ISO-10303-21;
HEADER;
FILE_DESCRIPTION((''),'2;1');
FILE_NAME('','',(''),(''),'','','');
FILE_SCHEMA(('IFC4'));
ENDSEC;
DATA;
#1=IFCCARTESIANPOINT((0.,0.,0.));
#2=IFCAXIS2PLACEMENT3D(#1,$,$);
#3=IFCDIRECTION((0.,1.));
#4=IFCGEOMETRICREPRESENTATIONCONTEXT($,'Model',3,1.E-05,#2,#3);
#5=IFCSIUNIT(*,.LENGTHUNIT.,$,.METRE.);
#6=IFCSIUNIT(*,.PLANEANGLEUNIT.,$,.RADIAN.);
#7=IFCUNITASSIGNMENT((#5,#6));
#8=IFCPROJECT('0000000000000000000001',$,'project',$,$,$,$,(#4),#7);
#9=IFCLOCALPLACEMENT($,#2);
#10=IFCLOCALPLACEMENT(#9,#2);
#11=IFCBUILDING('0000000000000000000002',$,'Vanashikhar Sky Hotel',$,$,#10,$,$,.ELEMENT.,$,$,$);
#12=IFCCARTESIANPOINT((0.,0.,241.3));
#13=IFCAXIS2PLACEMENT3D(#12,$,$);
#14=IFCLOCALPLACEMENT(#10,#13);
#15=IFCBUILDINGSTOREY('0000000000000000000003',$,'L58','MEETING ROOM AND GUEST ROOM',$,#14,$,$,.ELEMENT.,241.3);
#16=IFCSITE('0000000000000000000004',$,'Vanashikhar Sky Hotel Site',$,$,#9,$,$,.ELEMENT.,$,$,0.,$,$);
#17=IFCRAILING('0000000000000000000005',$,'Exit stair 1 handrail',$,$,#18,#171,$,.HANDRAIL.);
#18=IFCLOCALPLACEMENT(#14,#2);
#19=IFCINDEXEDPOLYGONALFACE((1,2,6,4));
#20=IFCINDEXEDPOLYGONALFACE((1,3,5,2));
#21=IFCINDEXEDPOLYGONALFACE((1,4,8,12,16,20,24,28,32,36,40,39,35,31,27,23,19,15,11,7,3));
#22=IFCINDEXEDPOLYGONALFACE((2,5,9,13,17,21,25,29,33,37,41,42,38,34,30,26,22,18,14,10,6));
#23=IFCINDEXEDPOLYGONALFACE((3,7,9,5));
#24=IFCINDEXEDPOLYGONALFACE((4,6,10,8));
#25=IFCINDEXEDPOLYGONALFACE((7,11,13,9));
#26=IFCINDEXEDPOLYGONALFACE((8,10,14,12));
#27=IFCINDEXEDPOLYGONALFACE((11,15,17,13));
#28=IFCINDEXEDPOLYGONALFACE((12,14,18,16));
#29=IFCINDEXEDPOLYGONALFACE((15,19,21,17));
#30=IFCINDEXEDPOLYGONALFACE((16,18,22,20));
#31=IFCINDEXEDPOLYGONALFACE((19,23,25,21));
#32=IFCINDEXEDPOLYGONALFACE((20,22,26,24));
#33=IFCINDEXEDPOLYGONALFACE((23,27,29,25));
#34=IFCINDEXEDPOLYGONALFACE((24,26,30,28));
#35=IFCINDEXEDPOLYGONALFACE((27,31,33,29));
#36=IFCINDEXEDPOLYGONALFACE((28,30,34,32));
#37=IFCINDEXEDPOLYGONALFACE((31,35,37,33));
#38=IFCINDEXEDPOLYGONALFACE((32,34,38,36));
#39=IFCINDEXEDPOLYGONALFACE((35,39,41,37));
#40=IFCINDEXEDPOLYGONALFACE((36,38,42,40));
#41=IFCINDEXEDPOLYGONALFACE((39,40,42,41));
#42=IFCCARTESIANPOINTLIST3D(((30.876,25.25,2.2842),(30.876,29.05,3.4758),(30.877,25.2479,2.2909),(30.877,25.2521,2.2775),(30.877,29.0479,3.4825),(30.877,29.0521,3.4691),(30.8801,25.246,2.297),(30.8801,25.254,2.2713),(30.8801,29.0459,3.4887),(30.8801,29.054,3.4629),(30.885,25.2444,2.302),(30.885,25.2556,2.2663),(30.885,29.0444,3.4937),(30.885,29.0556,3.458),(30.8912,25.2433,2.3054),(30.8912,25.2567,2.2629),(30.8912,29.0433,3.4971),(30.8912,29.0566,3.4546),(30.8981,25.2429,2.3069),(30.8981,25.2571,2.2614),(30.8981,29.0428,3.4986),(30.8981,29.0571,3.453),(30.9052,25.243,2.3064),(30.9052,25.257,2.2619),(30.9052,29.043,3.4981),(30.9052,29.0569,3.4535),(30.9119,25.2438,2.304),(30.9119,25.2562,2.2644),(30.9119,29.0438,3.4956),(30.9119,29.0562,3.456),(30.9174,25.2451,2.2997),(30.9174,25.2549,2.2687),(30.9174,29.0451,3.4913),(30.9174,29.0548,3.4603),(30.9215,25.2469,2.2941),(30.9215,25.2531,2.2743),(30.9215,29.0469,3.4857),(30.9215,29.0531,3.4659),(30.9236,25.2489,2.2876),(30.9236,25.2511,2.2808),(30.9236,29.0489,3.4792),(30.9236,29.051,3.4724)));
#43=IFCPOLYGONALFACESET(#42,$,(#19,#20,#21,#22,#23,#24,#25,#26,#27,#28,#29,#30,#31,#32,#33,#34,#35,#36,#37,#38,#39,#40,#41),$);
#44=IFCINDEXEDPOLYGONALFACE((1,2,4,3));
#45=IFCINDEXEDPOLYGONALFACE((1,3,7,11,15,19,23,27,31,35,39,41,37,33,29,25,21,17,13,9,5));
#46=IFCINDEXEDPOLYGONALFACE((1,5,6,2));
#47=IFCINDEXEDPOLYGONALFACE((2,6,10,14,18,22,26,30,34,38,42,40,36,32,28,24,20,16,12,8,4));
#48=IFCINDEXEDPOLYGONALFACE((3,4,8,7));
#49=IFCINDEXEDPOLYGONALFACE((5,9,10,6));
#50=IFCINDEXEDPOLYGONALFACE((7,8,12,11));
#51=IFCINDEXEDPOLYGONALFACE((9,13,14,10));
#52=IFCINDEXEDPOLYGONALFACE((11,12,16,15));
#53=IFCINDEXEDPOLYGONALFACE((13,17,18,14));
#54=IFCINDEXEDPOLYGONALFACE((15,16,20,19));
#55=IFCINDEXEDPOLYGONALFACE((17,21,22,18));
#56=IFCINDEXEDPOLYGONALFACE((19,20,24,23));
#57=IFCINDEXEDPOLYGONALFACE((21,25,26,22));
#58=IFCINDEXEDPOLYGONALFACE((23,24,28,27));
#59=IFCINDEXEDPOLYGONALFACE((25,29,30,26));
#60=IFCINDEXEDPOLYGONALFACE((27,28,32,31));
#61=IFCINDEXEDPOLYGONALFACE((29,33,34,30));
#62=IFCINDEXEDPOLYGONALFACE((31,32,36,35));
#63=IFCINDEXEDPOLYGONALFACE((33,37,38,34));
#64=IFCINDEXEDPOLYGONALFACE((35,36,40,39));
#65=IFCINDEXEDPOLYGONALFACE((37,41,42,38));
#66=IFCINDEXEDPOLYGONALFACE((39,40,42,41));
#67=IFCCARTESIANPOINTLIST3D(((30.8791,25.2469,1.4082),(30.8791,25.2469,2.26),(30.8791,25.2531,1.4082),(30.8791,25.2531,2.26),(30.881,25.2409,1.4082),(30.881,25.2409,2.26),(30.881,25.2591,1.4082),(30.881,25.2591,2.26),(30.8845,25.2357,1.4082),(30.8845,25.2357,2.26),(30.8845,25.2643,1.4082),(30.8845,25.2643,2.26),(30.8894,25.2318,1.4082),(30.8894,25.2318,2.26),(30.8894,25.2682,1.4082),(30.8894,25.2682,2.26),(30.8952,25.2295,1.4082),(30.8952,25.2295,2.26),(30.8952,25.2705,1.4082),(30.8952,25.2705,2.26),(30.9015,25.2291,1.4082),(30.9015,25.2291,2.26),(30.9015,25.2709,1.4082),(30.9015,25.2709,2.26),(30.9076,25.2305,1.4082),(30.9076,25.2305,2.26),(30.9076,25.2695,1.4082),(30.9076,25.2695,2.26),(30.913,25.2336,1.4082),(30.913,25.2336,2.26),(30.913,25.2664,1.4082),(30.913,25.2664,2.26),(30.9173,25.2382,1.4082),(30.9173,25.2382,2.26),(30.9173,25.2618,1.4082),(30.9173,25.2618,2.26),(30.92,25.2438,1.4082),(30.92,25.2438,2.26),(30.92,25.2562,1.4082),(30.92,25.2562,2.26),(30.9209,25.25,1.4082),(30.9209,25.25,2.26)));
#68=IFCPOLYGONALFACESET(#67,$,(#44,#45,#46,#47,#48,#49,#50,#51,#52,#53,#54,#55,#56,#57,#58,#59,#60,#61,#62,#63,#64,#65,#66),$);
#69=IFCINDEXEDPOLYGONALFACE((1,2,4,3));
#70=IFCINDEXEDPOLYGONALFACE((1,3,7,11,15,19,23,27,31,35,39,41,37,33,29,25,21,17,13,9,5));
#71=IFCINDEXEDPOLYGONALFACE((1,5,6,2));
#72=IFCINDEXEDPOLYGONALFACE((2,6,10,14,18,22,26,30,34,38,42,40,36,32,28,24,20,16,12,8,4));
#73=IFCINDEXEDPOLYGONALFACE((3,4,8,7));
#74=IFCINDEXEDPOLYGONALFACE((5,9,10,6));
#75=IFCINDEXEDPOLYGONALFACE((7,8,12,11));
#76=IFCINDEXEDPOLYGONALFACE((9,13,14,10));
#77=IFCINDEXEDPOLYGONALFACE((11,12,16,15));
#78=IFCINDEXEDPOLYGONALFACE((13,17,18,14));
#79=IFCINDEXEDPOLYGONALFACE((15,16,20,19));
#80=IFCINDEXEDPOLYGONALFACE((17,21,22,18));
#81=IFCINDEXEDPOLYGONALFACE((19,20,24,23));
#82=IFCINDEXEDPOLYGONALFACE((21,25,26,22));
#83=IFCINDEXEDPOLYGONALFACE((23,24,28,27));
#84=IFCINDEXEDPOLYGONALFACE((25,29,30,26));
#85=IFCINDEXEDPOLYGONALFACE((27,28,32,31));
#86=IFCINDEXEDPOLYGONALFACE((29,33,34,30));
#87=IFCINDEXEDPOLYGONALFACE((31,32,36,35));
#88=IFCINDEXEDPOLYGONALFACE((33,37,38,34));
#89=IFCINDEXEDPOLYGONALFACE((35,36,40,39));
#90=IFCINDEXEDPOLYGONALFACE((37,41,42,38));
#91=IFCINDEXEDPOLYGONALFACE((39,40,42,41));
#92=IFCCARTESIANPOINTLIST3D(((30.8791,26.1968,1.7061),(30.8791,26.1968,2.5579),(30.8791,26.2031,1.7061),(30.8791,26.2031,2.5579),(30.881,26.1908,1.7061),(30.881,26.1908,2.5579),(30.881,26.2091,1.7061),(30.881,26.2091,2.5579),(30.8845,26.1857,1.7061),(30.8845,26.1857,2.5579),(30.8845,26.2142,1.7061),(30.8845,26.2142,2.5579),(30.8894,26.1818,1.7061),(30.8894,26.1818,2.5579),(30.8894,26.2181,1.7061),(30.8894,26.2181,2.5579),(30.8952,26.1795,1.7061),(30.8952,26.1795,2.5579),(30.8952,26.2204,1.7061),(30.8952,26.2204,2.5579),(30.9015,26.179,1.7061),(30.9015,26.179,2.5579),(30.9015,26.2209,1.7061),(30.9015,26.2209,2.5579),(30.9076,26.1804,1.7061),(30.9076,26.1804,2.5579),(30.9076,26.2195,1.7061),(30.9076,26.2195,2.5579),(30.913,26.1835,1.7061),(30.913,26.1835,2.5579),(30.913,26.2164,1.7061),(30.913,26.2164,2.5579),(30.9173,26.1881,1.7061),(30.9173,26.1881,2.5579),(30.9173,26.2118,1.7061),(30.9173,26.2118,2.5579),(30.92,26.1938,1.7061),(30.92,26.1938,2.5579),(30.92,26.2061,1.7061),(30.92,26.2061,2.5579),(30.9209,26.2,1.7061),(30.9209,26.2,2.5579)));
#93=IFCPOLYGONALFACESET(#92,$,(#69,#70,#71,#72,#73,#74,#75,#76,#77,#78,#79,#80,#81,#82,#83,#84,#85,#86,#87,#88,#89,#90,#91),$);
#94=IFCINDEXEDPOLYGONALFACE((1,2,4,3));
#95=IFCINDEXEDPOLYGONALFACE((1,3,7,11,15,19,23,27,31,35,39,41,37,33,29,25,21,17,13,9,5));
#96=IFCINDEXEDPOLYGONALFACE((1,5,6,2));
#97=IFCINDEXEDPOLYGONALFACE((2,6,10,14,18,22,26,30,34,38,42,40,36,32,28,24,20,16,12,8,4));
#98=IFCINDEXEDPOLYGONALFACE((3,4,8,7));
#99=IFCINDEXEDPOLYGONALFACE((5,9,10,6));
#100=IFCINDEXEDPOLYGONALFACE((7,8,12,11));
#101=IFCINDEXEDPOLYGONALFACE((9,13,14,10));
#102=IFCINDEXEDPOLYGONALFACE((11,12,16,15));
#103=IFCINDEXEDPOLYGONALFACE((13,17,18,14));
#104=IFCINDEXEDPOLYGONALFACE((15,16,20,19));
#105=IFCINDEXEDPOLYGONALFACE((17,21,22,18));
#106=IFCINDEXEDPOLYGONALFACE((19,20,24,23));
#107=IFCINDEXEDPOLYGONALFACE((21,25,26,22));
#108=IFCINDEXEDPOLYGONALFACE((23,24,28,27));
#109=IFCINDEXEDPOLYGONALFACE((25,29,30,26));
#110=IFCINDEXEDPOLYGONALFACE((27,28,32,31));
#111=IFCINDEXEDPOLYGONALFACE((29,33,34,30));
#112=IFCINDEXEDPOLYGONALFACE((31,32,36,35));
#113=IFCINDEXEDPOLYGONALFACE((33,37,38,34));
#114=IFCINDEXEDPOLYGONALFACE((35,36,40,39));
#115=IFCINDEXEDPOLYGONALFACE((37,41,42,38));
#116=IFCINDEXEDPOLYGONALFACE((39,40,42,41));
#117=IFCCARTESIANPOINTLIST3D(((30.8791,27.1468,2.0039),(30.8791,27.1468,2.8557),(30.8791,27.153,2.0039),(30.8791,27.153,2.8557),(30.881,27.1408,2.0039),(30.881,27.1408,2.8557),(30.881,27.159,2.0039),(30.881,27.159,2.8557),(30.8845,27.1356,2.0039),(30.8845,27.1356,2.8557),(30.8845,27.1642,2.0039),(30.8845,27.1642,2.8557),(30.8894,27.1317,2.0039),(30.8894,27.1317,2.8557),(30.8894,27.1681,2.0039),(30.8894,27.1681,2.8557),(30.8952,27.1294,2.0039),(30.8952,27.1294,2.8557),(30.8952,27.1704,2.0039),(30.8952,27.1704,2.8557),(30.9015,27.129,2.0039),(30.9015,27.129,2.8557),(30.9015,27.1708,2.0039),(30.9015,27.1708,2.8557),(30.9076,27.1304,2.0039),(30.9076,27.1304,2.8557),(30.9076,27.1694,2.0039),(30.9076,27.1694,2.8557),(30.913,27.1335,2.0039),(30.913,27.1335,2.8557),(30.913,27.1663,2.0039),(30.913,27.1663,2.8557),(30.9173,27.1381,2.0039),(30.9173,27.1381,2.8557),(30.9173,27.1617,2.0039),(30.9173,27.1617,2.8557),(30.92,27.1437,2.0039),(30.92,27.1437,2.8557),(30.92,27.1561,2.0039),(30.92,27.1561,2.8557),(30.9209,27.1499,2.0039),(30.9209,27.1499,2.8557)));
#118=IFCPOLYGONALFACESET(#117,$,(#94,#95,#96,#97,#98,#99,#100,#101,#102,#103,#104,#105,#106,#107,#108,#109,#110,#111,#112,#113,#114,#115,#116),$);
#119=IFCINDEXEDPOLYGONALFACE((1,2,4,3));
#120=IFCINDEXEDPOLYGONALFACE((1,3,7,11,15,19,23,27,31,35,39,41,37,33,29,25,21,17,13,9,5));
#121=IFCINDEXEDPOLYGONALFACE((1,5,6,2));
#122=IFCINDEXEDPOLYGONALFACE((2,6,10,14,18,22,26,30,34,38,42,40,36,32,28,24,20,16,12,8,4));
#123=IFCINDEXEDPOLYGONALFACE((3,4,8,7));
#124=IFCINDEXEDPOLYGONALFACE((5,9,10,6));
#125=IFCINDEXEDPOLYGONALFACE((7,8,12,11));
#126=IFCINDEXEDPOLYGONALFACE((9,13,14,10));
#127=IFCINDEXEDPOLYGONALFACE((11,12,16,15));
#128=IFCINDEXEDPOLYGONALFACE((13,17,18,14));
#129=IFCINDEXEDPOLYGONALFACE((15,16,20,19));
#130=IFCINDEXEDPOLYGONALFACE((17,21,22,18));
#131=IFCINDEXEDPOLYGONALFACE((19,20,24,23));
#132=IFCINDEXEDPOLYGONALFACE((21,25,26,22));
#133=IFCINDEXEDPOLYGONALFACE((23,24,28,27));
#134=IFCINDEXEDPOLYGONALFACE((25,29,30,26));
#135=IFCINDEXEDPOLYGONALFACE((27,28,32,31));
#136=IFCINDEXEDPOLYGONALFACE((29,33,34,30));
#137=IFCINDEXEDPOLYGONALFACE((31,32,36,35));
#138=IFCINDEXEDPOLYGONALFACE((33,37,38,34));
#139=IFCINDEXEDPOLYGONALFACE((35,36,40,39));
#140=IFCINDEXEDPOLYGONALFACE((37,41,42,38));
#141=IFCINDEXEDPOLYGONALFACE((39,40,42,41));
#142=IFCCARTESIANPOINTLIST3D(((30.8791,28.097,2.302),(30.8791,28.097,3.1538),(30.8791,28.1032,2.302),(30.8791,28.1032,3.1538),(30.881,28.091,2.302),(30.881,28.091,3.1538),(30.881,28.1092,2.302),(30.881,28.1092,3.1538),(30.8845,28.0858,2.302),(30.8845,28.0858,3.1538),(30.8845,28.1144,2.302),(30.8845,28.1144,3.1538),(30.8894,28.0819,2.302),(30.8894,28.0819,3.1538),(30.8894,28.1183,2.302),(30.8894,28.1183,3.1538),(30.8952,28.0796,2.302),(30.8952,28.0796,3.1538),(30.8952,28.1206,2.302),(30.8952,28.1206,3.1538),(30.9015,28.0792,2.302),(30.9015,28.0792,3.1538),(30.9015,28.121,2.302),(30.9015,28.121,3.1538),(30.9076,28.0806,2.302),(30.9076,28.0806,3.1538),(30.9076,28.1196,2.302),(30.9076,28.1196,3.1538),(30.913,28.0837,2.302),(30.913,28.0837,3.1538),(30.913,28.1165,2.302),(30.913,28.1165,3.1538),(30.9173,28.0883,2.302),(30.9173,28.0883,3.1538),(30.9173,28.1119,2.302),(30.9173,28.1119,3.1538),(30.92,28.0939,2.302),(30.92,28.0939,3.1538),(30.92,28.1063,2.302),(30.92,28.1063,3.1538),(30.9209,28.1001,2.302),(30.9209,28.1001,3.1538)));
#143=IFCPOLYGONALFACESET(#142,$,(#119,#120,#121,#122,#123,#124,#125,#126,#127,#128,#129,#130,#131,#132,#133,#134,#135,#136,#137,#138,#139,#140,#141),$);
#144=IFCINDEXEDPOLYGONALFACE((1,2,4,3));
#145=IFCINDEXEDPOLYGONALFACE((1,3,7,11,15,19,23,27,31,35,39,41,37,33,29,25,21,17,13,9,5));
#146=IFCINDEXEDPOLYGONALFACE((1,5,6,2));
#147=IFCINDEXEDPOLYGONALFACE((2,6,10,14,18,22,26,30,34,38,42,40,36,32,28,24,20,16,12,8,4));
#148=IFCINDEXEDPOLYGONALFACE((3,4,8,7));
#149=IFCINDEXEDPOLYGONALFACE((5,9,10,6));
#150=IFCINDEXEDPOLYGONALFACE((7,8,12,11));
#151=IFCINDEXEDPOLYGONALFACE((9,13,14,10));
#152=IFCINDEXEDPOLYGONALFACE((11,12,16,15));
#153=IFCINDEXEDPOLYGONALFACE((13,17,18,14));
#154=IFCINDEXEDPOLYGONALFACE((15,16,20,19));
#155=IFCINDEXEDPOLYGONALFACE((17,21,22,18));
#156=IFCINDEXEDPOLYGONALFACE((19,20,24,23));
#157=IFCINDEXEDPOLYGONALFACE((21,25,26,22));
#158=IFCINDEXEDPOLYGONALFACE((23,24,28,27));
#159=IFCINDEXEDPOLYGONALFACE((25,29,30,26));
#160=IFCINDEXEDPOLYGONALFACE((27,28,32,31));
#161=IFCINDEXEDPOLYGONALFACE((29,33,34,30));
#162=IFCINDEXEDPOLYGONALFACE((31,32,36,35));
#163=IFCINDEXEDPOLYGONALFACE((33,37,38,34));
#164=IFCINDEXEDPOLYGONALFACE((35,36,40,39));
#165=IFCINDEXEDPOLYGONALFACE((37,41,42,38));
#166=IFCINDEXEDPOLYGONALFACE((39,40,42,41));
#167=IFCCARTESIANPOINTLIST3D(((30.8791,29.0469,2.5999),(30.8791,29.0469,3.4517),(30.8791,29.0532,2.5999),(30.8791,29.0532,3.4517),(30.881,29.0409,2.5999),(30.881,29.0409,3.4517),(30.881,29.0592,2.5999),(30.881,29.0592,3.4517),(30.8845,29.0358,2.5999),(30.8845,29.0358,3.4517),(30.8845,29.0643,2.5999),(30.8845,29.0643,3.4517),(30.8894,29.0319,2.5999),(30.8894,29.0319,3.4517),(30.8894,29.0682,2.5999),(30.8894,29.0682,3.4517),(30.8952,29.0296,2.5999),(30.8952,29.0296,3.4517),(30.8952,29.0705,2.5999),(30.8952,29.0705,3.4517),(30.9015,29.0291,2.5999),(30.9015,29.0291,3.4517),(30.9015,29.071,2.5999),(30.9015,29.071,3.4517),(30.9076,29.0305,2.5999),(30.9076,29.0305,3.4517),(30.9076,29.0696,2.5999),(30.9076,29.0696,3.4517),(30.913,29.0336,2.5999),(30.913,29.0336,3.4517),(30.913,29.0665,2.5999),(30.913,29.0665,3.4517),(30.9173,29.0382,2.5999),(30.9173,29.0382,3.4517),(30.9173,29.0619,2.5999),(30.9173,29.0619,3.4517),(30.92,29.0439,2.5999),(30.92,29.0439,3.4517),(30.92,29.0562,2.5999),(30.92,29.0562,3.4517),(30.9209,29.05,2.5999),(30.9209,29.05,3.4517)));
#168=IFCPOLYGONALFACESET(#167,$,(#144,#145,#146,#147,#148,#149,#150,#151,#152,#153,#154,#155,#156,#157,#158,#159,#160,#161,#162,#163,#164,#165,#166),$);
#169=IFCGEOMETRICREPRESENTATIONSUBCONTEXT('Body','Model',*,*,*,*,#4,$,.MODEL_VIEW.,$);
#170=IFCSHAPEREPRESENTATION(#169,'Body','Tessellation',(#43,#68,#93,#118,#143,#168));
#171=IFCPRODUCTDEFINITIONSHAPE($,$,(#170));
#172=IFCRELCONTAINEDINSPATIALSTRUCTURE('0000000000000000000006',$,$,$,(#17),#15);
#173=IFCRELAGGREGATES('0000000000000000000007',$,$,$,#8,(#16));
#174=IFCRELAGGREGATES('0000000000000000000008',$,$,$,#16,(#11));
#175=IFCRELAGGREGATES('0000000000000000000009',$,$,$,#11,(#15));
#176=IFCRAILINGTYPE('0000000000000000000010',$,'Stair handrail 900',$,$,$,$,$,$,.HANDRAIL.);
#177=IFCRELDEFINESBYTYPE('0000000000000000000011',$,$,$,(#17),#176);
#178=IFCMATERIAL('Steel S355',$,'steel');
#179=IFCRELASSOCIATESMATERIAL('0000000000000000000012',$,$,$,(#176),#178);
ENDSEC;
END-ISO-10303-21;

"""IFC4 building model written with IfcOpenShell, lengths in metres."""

from ifc_helpers import new_model, si_unit, direction, frame, origin, origin_2d, place, context, subcontext, project, spatial, circle, extrude, source, transform, mapped, material, type_object, element, save


model = new_model("IFC4")

# Units and contexts
model_context = context("Model", 3, precision=1e-05, world=origin(), true_north=direction((0.0, 1.0)))
body_context = subcontext(model_context, "Body", "Model", "MODEL_VIEW")
ifc_project = project(units=[si_unit("LENGTHUNIT", "METRE"), si_unit("PLANEANGLEUNIT", "RADIAN")], contexts=[model_context])

# Site, building, storey
site_placement = place(None, origin())
site = spatial("IfcSite", under=ifc_project, at=site_placement, Name="Vanashikhar Sky Hotel Site", CompositionType="ELEMENT", RefElevation=0.0)
building_placement = place(site_placement, origin())
building = spatial("IfcBuilding", under=site, at=building_placement, Name="Vanashikhar Sky Hotel", CompositionType="ELEMENT")
storey_placement = place(building_placement, frame((0.0, 0.0, 241.3)))
storey = spatial("IfcBuildingStorey", under=building, at=storey_placement, Name="L58", Description="MEETING ROOM AND GUEST ROOM", CompositionType="ELEMENT", Elevation=241.3)

# Railing
ifc_material_1 = material(Name="Steel S355", Category="steel")
railing_type = type_object("IfcRailingType", Name="Stair handrail 900", PredefinedType="HANDRAIL", material=ifc_material_1)
shared_shape_1 = source(origin(), body_context, "Body", "SweptSolid", [
    extrude(circle(Radius=0.0239, at=origin_2d()), frame((0.0, 0.0, 0.876), z_axis=(0.0, 0.954184, 0.299221), x_axis=(-1.0, 0.0, 0.0)), (0.0, 0.0, 1.0), 3.9824),
    extrude(circle(Radius=0.021, at=origin_2d()), origin(), (0.0, 0.0, 1.0), 0.8518),
    extrude(circle(Radius=0.021, at=origin_2d()), frame((0.0, 0.95, 0.2979)), (0.0, 0.0, 1.0), 0.8518),
    extrude(circle(Radius=0.021, at=origin_2d()), frame((0.0, 1.8999, 0.5957)), (0.0, 0.0, 1.0), 0.8518),
    extrude(circle(Radius=0.021, at=origin_2d()), frame((0.0, 2.8501, 0.8938)), (0.0, 0.0, 1.0), 0.8518),
    extrude(circle(Radius=0.021, at=origin_2d()), frame((0.0, 3.8, 1.1917)), (0.0, 0.0, 1.0), 0.8518),
])
railing_placement = place(storey_placement, frame((30.8999, 25.25, 1.4082)))
element("IfcRailing", 1, at=railing_placement, inside=storey, type_object=railing_type, Name="Exit stair 1 handrail", PredefinedType="HANDRAIL", context=body_context, shape_type="MappedRepresentation", body=[
    mapped(shared_shape_1, transform((0.0, 0.0, 0.0), scale=1.0)),
])

save(model, "model.ifc")
